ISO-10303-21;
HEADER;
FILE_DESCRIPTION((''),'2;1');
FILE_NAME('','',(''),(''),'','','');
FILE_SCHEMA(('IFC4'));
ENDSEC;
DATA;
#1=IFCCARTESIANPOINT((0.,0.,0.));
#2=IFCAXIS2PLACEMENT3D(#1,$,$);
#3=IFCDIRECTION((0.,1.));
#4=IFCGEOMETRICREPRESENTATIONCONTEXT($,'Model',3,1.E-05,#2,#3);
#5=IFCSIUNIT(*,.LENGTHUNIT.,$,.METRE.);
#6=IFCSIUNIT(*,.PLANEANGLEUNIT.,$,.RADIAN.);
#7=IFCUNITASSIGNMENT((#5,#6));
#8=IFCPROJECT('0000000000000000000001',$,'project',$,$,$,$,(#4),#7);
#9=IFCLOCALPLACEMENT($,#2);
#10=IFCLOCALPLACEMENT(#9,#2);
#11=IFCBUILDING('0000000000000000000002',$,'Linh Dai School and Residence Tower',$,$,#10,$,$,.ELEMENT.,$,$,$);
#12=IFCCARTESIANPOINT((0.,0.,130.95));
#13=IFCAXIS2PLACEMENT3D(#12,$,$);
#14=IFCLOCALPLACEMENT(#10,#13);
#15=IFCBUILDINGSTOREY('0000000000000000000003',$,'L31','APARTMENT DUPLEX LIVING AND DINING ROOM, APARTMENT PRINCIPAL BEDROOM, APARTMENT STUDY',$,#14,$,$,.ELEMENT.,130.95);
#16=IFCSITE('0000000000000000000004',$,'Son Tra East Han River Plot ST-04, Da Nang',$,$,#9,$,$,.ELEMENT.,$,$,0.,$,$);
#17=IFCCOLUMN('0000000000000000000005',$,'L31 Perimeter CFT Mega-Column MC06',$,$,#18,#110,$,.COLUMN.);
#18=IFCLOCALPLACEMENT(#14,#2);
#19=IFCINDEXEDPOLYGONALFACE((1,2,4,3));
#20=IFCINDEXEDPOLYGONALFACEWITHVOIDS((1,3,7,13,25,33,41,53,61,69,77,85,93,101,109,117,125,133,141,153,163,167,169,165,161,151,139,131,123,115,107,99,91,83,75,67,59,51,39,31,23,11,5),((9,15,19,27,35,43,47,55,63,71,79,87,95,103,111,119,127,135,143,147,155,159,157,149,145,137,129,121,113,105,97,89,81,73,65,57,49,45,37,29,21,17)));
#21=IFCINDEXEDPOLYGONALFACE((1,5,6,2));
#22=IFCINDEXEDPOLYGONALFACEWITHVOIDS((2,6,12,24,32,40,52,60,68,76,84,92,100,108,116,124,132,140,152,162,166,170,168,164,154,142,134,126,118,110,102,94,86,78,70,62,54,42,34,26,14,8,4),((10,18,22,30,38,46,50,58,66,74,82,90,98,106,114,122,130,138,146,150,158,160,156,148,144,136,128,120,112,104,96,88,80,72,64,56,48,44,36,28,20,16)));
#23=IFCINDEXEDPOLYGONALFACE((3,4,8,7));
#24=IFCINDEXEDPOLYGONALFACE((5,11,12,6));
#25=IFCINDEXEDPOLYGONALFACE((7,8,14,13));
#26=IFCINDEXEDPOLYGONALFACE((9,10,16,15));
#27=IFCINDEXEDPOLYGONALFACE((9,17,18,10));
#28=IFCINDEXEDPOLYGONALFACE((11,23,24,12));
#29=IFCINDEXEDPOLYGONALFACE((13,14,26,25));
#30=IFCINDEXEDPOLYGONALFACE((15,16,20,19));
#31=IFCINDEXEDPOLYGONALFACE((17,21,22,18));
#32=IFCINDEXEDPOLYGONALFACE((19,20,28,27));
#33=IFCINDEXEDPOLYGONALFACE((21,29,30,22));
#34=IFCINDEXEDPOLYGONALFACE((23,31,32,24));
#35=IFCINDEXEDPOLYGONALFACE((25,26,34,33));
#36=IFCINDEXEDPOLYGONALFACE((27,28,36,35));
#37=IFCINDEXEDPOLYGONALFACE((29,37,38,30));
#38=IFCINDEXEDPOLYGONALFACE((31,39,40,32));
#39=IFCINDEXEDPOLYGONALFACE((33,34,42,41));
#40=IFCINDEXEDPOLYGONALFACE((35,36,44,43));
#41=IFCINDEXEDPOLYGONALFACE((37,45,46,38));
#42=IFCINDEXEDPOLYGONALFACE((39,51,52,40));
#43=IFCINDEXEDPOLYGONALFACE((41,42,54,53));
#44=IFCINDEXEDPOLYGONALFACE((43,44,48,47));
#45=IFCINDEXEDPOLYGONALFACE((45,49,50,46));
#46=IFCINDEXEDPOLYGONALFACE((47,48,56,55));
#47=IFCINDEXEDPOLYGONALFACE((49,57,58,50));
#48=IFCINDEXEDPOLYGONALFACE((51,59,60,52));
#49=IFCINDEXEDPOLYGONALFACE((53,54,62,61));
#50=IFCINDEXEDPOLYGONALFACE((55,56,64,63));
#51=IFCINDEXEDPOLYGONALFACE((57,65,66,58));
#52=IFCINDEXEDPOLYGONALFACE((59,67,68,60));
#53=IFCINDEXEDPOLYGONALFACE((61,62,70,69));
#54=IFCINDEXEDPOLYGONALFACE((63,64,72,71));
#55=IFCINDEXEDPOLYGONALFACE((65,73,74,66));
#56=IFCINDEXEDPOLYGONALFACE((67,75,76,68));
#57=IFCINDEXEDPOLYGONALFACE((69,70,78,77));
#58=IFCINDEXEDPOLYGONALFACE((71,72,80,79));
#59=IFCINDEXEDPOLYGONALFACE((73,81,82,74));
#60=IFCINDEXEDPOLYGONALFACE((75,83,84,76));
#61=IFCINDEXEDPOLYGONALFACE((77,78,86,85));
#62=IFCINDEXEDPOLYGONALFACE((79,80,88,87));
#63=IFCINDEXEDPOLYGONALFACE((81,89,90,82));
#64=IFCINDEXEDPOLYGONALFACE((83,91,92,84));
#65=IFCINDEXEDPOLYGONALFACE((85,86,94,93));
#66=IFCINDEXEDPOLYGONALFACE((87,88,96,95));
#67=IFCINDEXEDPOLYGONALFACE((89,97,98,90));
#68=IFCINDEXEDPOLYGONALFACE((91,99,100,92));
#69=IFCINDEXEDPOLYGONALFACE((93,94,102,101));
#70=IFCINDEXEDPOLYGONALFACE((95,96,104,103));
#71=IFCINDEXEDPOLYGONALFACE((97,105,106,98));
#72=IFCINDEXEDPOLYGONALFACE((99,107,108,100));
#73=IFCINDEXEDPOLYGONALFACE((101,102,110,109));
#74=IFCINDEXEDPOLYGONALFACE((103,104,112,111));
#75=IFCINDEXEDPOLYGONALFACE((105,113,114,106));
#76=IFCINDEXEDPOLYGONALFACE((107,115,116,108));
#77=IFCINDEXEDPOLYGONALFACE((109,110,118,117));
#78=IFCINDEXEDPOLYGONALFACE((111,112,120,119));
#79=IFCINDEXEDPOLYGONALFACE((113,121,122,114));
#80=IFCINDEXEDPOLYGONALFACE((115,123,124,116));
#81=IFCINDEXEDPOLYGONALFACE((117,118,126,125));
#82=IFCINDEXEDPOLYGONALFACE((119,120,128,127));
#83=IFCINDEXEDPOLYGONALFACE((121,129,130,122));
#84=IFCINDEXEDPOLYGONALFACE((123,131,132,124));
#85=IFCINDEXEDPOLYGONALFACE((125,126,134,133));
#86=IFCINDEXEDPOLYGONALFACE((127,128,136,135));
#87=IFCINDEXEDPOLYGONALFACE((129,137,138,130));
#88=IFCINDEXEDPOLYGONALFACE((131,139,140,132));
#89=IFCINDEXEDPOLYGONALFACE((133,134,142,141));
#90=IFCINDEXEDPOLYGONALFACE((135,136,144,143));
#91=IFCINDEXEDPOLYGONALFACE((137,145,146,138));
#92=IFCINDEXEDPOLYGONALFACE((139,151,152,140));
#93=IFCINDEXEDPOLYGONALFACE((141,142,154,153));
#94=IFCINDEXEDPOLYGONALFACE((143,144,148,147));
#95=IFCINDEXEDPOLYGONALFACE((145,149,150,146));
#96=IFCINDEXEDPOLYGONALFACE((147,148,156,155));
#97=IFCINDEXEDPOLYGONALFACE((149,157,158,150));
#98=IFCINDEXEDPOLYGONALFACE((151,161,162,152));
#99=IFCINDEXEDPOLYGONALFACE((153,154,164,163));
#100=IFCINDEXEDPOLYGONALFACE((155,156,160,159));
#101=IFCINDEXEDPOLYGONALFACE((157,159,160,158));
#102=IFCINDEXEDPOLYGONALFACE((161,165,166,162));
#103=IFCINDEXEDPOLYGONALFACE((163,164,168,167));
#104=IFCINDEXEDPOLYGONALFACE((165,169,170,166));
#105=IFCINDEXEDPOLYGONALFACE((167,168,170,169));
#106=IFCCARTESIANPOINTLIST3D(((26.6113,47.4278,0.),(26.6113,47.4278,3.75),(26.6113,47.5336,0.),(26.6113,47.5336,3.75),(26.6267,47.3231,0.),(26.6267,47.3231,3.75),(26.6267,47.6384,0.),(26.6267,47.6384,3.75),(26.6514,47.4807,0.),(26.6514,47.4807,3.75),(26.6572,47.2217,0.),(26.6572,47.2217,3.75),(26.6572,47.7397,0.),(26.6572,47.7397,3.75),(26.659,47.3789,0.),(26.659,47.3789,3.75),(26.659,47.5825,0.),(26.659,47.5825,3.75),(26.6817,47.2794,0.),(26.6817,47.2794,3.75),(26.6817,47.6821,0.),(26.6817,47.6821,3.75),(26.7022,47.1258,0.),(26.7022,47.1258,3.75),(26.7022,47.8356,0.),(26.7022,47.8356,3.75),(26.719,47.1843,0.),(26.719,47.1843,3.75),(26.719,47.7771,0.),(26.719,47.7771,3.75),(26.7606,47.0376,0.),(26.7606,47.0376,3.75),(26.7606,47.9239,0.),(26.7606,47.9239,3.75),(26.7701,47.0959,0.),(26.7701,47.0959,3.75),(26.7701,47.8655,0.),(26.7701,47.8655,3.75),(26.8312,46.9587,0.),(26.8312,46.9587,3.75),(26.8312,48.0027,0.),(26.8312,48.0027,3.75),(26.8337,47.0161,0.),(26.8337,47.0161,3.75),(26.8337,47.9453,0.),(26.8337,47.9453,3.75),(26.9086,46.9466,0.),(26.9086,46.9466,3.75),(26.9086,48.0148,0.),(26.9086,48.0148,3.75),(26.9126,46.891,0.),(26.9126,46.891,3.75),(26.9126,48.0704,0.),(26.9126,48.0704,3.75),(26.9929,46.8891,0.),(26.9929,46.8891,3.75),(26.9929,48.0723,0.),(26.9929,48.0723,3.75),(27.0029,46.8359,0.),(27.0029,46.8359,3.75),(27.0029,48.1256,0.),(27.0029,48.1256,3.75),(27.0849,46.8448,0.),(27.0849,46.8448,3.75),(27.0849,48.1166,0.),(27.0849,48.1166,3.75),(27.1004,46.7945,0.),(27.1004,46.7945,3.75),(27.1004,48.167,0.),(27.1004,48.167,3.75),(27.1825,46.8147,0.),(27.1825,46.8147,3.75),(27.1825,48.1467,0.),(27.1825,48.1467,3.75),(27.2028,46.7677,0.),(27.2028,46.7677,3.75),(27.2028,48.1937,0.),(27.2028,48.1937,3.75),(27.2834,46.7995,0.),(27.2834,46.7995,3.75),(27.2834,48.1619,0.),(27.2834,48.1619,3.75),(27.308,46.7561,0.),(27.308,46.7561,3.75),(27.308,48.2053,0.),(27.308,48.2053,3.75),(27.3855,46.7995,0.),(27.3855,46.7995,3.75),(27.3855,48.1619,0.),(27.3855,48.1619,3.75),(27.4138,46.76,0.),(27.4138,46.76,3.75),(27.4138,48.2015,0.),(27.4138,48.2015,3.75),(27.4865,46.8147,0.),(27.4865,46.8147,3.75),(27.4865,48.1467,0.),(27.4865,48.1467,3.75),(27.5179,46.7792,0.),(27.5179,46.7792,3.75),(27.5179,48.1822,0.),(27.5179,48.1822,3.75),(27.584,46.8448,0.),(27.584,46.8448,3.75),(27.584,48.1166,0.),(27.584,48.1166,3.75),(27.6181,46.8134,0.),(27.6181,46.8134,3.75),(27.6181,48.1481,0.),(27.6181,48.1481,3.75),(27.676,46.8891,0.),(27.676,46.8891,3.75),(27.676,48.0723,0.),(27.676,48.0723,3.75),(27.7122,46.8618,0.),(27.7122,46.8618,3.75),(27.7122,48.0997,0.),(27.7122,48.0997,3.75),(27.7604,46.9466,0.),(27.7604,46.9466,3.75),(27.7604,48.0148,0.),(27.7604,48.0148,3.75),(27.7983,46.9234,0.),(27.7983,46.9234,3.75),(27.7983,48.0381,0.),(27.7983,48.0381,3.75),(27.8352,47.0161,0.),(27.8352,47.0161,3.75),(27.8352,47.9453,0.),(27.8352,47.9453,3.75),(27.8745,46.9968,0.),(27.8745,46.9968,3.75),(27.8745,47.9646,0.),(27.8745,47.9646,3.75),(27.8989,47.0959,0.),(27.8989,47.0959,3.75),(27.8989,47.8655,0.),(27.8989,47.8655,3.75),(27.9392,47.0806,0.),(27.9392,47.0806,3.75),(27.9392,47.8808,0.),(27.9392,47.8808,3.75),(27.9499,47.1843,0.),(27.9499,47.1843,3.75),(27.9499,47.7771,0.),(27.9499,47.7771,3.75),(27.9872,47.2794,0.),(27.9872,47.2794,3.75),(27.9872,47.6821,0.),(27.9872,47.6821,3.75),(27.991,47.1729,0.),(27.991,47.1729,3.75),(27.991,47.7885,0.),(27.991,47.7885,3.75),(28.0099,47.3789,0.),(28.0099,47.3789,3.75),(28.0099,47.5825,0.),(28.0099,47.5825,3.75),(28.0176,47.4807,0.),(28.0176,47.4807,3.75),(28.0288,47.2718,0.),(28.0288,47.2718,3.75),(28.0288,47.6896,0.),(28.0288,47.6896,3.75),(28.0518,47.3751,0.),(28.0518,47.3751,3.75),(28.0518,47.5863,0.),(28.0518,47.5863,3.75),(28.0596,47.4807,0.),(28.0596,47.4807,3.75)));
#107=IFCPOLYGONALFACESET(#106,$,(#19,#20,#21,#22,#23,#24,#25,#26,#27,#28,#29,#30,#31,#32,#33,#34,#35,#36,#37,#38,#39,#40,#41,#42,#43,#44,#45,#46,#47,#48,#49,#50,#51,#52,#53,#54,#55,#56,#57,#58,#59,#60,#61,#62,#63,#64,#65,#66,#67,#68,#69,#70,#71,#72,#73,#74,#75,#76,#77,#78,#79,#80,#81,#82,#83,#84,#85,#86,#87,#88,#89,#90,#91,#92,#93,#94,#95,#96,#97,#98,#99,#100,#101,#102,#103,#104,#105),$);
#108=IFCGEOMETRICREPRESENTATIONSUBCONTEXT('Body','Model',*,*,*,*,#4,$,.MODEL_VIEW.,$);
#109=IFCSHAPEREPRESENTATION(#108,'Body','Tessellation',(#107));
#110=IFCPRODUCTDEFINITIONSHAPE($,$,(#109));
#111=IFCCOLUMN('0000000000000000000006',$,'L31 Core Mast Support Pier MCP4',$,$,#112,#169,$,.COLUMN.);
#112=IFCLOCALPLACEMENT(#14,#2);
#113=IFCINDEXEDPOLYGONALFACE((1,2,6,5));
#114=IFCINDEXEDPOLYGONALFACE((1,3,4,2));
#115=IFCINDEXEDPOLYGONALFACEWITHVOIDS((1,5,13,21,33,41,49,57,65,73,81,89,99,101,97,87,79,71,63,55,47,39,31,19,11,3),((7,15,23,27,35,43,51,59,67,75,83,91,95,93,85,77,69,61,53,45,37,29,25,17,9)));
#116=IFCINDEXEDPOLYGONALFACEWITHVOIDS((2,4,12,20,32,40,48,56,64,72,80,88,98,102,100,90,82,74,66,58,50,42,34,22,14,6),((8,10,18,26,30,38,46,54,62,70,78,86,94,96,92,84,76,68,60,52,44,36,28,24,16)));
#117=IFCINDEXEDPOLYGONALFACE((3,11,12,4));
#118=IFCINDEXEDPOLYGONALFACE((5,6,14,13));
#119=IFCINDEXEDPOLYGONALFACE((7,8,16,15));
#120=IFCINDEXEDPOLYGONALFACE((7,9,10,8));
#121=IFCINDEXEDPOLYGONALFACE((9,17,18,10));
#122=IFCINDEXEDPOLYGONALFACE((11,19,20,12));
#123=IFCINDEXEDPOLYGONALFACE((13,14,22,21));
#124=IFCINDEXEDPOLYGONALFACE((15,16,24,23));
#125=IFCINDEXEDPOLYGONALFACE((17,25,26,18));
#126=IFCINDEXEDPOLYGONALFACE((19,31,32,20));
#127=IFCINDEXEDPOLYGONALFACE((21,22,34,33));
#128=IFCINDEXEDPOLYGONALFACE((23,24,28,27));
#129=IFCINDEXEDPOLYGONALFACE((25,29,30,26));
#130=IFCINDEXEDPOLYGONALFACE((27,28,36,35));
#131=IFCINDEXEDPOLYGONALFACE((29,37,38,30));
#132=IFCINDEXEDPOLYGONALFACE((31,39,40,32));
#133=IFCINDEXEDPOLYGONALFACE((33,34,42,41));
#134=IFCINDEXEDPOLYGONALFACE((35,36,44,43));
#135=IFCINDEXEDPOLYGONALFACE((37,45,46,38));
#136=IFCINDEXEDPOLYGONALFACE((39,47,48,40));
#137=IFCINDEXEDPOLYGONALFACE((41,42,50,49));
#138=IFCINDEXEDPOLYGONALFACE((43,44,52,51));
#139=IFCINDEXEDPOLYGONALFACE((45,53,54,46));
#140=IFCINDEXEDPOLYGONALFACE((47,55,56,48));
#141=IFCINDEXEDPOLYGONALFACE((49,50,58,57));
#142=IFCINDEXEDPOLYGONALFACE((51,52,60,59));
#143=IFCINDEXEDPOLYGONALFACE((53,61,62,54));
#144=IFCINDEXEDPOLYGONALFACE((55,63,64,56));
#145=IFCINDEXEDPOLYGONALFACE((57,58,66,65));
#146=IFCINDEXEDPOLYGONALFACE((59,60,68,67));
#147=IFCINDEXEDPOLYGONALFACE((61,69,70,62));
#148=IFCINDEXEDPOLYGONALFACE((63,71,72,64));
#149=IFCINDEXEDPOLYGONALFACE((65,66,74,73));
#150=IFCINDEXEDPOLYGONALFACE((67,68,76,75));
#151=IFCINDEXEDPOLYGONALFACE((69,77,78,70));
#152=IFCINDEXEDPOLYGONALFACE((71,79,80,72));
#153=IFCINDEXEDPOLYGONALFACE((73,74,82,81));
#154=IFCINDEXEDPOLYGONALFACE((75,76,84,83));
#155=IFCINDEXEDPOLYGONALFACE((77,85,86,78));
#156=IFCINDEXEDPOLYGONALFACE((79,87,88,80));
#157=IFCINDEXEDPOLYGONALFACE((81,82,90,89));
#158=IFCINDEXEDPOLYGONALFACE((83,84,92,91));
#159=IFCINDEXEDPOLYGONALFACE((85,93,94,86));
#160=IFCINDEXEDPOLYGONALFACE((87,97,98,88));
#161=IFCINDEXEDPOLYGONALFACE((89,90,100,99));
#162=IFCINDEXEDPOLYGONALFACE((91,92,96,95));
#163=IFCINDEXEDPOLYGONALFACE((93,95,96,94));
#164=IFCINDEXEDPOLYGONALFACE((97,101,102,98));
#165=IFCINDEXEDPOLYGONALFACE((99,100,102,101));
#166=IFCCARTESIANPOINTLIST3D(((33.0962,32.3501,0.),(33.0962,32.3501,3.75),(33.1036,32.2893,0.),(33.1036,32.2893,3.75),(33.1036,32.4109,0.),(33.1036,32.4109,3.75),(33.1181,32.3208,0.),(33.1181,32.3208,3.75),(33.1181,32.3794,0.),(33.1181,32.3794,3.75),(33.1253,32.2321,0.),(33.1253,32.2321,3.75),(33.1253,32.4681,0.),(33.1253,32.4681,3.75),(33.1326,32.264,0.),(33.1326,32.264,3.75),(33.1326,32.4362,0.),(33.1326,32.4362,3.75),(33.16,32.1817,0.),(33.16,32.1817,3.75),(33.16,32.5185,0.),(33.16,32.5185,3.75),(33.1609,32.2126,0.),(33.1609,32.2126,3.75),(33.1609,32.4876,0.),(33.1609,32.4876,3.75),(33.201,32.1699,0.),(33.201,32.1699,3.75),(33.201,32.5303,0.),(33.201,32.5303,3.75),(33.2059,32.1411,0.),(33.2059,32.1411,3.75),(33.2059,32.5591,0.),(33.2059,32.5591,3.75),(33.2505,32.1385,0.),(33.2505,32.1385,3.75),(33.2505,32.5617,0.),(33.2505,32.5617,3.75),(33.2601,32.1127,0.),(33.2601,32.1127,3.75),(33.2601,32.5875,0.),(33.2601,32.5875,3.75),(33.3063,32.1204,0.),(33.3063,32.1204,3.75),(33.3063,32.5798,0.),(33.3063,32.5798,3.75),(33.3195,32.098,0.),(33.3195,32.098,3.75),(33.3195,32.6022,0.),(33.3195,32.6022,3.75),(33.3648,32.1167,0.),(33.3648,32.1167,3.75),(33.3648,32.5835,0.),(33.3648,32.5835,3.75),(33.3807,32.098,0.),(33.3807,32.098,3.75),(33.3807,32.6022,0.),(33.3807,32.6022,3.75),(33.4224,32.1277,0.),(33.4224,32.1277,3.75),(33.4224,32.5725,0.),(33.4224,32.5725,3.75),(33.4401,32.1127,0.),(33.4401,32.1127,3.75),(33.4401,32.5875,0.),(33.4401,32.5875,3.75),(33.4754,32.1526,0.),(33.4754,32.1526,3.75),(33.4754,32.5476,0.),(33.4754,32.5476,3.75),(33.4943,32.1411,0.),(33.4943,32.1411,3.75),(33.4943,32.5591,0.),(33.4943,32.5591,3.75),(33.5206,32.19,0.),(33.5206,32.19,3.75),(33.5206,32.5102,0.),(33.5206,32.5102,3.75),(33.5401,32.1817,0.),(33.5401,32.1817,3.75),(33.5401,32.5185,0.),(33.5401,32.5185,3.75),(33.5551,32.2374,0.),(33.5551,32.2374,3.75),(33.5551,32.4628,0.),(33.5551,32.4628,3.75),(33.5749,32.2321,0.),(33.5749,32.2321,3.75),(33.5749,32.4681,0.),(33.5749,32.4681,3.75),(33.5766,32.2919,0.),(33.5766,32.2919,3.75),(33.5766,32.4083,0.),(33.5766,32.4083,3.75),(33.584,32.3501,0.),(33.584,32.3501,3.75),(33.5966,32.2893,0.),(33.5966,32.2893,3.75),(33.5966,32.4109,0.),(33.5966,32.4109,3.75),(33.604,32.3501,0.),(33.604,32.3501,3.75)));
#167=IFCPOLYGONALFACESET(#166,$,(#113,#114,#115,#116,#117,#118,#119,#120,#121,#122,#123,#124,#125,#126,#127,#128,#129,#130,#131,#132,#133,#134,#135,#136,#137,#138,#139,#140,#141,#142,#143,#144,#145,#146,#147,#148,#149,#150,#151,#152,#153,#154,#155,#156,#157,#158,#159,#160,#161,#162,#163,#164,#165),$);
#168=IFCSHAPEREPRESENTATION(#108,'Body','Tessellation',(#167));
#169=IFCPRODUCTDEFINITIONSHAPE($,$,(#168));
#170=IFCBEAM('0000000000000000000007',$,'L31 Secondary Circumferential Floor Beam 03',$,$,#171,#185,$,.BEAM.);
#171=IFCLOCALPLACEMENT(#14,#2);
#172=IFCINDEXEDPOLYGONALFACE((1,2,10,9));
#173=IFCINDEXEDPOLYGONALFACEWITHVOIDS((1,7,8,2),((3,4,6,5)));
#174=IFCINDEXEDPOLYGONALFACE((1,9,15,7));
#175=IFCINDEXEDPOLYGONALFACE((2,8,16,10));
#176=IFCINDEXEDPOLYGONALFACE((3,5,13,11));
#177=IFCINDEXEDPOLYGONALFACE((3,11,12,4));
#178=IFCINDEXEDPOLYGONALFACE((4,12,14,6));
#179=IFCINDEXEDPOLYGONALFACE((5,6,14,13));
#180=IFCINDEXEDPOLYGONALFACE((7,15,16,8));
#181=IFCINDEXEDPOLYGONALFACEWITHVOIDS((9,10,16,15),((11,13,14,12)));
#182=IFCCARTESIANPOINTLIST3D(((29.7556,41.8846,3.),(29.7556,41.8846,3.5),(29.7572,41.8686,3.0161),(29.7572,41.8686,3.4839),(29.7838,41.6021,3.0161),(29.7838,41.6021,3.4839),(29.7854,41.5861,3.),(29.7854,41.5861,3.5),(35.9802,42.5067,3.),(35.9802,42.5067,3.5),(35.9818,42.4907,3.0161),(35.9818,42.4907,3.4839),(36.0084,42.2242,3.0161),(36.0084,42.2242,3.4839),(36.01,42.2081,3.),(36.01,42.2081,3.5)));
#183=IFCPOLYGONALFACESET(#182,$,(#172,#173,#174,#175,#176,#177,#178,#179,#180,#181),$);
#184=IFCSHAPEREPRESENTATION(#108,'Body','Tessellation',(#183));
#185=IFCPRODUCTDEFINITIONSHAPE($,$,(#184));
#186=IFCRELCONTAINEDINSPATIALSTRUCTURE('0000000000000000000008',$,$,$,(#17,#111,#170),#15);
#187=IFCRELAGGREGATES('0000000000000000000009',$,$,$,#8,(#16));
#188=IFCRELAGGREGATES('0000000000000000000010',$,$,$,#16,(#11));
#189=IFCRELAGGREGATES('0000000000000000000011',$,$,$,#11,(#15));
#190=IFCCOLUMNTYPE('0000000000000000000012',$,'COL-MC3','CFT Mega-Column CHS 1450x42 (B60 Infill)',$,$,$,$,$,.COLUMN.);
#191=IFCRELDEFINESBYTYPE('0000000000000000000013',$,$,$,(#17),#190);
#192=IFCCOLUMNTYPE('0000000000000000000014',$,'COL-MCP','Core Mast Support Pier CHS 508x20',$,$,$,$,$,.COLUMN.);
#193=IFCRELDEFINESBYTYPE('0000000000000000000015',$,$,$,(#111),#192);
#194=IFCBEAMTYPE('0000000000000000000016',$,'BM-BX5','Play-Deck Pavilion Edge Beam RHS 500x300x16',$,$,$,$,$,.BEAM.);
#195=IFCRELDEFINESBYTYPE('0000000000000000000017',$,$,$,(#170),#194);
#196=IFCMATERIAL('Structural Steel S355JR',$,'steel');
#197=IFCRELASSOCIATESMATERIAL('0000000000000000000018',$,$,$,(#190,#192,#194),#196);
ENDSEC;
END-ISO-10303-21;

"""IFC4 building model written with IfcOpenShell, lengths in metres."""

from ifc_helpers import new_model, si_unit, direction, frame, origin, origin_2d, place, context, subcontext, project, spatial, hollow_rectangle, hollow_circle, extrude, material, material_profile, profile_set, type_object, element, save


model = new_model("IFC4")

# Units and contexts
model_context = context("Model", 3, precision=1e-05, world=origin(), true_north=direction((0.0, 1.0)))
body_context = subcontext(model_context, "Body", "Model", "MODEL_VIEW")
ifc_project = project(units=[si_unit("LENGTHUNIT", "METRE"), si_unit("PLANEANGLEUNIT", "RADIAN")], contexts=[model_context])

# Site, building, storey
site_placement = place(None, origin())
site = spatial("IfcSite", under=ifc_project, at=site_placement, Name="Son Tra East Han River Plot ST-04, Da Nang", CompositionType="ELEMENT", RefElevation=0.0)
building_placement = place(site_placement, origin())
building = spatial("IfcBuilding", under=site, at=building_placement, Name="Linh Dai School and Residence Tower", CompositionType="ELEMENT")
storey_placement = place(building_placement, frame((0.0, 0.0, 130.95)))
storey = spatial("IfcBuildingStorey", under=building, at=storey_placement, Name="L31", Description="APARTMENT DUPLEX LIVING AND DINING ROOM, APARTMENT PRINCIPAL BEDROOM, APARTMENT STUDY", CompositionType="ELEMENT", Elevation=130.95)

# Columns
ifc_material_1 = material(Name="Structural Steel S355JR", Category="steel")
ifc_material_profile_1 = material_profile(ifc_material_1, hollow_circle(Radius=0.7251, WallThickness=0.042, at=origin_2d()), Name="CHS 1450x42")
ifc_profile_set_1 = profile_set([ifc_material_profile_1], Name="Structural Steel S355JR")
column_type_1 = type_object("IfcColumnType", Name="COL-MC3", Description="CFT Mega-Column CHS 1450x42 (B60 Infill)", PredefinedType="COLUMN", material=ifc_profile_set_1)
column_1_placement = place(storey_placement, frame((27.3345, 47.4807, 0.0), z_axis=(0.0, 0.0, 1.0), x_axis=(1.0, 0.0, 0.0)))
element("IfcColumn", 1, at=column_1_placement, inside=storey, type_object=column_type_1, Name="L31 Perimeter CFT Mega-Column MC06", PredefinedType="COLUMN", context=body_context, shape_type="SweptSolid", body=[
    extrude(hollow_circle(Radius=0.7251, WallThickness=0.042, at=origin_2d()), origin(), (0.0, 0.0, 1.0), 3.75),
])
ifc_material_profile_2 = material_profile(ifc_material_1, hollow_circle(Radius=0.2539, WallThickness=0.02, at=origin_2d()), Name="CHS 508x20")
ifc_profile_set_2 = profile_set([ifc_material_profile_2], Name="Structural Steel S355JR")
column_type_2 = type_object("IfcColumnType", Name="COL-MCP", Description="Core Mast Support Pier CHS 508x20", PredefinedType="COLUMN", material=ifc_profile_set_2)
column_2_placement = place(storey_placement, frame((33.3501, 32.3501, 0.0), z_axis=(0.0, 0.0, 1.0), x_axis=(1.0, 0.0, 0.0)))
element("IfcColumn", 2, at=column_2_placement, inside=storey, type_object=column_type_2, Name="L31 Core Mast Support Pier MCP4", PredefinedType="COLUMN", context=body_context, shape_type="SweptSolid", body=[
    extrude(hollow_circle(Radius=0.2539, WallThickness=0.02, at=origin_2d()), origin(), (0.0, 0.0, 1.0), 3.75),
])

# Beam
ifc_material_profile_3 = material_profile(ifc_material_1, hollow_rectangle(XDim=0.3, YDim=0.5, WallThickness=0.0161, at=origin_2d()), Name="RHS 500x300x16")
ifc_profile_set_3 = profile_set([ifc_material_profile_3], Name="Structural Steel S355JR")
beam_type_1 = type_object("IfcBeamType", Name="BM-BX5", Description="Play-Deck Pavilion Edge Beam RHS 500x300x16", PredefinedType="BEAM", material=ifc_profile_set_3)
beam_1_placement = place(storey_placement, frame((35.9951, 42.3574, 3.25), z_axis=(-0.995043, -0.099442, 0.0), x_axis=(0.099442, -0.995043, 0.0)))
element("IfcBeam", 3, at=beam_1_placement, inside=storey, type_object=beam_type_1, Name="L31 Secondary Circumferential Floor Beam 03", PredefinedType="BEAM", context=body_context, shape_type="SweptSolid", body=[
    extrude(hollow_rectangle(XDim=0.3, YDim=0.5, WallThickness=0.0161, at=origin_2d()), origin(), (0.0, 0.0, 1.0), 6.2556),
])

save(model, "model.ifc")
